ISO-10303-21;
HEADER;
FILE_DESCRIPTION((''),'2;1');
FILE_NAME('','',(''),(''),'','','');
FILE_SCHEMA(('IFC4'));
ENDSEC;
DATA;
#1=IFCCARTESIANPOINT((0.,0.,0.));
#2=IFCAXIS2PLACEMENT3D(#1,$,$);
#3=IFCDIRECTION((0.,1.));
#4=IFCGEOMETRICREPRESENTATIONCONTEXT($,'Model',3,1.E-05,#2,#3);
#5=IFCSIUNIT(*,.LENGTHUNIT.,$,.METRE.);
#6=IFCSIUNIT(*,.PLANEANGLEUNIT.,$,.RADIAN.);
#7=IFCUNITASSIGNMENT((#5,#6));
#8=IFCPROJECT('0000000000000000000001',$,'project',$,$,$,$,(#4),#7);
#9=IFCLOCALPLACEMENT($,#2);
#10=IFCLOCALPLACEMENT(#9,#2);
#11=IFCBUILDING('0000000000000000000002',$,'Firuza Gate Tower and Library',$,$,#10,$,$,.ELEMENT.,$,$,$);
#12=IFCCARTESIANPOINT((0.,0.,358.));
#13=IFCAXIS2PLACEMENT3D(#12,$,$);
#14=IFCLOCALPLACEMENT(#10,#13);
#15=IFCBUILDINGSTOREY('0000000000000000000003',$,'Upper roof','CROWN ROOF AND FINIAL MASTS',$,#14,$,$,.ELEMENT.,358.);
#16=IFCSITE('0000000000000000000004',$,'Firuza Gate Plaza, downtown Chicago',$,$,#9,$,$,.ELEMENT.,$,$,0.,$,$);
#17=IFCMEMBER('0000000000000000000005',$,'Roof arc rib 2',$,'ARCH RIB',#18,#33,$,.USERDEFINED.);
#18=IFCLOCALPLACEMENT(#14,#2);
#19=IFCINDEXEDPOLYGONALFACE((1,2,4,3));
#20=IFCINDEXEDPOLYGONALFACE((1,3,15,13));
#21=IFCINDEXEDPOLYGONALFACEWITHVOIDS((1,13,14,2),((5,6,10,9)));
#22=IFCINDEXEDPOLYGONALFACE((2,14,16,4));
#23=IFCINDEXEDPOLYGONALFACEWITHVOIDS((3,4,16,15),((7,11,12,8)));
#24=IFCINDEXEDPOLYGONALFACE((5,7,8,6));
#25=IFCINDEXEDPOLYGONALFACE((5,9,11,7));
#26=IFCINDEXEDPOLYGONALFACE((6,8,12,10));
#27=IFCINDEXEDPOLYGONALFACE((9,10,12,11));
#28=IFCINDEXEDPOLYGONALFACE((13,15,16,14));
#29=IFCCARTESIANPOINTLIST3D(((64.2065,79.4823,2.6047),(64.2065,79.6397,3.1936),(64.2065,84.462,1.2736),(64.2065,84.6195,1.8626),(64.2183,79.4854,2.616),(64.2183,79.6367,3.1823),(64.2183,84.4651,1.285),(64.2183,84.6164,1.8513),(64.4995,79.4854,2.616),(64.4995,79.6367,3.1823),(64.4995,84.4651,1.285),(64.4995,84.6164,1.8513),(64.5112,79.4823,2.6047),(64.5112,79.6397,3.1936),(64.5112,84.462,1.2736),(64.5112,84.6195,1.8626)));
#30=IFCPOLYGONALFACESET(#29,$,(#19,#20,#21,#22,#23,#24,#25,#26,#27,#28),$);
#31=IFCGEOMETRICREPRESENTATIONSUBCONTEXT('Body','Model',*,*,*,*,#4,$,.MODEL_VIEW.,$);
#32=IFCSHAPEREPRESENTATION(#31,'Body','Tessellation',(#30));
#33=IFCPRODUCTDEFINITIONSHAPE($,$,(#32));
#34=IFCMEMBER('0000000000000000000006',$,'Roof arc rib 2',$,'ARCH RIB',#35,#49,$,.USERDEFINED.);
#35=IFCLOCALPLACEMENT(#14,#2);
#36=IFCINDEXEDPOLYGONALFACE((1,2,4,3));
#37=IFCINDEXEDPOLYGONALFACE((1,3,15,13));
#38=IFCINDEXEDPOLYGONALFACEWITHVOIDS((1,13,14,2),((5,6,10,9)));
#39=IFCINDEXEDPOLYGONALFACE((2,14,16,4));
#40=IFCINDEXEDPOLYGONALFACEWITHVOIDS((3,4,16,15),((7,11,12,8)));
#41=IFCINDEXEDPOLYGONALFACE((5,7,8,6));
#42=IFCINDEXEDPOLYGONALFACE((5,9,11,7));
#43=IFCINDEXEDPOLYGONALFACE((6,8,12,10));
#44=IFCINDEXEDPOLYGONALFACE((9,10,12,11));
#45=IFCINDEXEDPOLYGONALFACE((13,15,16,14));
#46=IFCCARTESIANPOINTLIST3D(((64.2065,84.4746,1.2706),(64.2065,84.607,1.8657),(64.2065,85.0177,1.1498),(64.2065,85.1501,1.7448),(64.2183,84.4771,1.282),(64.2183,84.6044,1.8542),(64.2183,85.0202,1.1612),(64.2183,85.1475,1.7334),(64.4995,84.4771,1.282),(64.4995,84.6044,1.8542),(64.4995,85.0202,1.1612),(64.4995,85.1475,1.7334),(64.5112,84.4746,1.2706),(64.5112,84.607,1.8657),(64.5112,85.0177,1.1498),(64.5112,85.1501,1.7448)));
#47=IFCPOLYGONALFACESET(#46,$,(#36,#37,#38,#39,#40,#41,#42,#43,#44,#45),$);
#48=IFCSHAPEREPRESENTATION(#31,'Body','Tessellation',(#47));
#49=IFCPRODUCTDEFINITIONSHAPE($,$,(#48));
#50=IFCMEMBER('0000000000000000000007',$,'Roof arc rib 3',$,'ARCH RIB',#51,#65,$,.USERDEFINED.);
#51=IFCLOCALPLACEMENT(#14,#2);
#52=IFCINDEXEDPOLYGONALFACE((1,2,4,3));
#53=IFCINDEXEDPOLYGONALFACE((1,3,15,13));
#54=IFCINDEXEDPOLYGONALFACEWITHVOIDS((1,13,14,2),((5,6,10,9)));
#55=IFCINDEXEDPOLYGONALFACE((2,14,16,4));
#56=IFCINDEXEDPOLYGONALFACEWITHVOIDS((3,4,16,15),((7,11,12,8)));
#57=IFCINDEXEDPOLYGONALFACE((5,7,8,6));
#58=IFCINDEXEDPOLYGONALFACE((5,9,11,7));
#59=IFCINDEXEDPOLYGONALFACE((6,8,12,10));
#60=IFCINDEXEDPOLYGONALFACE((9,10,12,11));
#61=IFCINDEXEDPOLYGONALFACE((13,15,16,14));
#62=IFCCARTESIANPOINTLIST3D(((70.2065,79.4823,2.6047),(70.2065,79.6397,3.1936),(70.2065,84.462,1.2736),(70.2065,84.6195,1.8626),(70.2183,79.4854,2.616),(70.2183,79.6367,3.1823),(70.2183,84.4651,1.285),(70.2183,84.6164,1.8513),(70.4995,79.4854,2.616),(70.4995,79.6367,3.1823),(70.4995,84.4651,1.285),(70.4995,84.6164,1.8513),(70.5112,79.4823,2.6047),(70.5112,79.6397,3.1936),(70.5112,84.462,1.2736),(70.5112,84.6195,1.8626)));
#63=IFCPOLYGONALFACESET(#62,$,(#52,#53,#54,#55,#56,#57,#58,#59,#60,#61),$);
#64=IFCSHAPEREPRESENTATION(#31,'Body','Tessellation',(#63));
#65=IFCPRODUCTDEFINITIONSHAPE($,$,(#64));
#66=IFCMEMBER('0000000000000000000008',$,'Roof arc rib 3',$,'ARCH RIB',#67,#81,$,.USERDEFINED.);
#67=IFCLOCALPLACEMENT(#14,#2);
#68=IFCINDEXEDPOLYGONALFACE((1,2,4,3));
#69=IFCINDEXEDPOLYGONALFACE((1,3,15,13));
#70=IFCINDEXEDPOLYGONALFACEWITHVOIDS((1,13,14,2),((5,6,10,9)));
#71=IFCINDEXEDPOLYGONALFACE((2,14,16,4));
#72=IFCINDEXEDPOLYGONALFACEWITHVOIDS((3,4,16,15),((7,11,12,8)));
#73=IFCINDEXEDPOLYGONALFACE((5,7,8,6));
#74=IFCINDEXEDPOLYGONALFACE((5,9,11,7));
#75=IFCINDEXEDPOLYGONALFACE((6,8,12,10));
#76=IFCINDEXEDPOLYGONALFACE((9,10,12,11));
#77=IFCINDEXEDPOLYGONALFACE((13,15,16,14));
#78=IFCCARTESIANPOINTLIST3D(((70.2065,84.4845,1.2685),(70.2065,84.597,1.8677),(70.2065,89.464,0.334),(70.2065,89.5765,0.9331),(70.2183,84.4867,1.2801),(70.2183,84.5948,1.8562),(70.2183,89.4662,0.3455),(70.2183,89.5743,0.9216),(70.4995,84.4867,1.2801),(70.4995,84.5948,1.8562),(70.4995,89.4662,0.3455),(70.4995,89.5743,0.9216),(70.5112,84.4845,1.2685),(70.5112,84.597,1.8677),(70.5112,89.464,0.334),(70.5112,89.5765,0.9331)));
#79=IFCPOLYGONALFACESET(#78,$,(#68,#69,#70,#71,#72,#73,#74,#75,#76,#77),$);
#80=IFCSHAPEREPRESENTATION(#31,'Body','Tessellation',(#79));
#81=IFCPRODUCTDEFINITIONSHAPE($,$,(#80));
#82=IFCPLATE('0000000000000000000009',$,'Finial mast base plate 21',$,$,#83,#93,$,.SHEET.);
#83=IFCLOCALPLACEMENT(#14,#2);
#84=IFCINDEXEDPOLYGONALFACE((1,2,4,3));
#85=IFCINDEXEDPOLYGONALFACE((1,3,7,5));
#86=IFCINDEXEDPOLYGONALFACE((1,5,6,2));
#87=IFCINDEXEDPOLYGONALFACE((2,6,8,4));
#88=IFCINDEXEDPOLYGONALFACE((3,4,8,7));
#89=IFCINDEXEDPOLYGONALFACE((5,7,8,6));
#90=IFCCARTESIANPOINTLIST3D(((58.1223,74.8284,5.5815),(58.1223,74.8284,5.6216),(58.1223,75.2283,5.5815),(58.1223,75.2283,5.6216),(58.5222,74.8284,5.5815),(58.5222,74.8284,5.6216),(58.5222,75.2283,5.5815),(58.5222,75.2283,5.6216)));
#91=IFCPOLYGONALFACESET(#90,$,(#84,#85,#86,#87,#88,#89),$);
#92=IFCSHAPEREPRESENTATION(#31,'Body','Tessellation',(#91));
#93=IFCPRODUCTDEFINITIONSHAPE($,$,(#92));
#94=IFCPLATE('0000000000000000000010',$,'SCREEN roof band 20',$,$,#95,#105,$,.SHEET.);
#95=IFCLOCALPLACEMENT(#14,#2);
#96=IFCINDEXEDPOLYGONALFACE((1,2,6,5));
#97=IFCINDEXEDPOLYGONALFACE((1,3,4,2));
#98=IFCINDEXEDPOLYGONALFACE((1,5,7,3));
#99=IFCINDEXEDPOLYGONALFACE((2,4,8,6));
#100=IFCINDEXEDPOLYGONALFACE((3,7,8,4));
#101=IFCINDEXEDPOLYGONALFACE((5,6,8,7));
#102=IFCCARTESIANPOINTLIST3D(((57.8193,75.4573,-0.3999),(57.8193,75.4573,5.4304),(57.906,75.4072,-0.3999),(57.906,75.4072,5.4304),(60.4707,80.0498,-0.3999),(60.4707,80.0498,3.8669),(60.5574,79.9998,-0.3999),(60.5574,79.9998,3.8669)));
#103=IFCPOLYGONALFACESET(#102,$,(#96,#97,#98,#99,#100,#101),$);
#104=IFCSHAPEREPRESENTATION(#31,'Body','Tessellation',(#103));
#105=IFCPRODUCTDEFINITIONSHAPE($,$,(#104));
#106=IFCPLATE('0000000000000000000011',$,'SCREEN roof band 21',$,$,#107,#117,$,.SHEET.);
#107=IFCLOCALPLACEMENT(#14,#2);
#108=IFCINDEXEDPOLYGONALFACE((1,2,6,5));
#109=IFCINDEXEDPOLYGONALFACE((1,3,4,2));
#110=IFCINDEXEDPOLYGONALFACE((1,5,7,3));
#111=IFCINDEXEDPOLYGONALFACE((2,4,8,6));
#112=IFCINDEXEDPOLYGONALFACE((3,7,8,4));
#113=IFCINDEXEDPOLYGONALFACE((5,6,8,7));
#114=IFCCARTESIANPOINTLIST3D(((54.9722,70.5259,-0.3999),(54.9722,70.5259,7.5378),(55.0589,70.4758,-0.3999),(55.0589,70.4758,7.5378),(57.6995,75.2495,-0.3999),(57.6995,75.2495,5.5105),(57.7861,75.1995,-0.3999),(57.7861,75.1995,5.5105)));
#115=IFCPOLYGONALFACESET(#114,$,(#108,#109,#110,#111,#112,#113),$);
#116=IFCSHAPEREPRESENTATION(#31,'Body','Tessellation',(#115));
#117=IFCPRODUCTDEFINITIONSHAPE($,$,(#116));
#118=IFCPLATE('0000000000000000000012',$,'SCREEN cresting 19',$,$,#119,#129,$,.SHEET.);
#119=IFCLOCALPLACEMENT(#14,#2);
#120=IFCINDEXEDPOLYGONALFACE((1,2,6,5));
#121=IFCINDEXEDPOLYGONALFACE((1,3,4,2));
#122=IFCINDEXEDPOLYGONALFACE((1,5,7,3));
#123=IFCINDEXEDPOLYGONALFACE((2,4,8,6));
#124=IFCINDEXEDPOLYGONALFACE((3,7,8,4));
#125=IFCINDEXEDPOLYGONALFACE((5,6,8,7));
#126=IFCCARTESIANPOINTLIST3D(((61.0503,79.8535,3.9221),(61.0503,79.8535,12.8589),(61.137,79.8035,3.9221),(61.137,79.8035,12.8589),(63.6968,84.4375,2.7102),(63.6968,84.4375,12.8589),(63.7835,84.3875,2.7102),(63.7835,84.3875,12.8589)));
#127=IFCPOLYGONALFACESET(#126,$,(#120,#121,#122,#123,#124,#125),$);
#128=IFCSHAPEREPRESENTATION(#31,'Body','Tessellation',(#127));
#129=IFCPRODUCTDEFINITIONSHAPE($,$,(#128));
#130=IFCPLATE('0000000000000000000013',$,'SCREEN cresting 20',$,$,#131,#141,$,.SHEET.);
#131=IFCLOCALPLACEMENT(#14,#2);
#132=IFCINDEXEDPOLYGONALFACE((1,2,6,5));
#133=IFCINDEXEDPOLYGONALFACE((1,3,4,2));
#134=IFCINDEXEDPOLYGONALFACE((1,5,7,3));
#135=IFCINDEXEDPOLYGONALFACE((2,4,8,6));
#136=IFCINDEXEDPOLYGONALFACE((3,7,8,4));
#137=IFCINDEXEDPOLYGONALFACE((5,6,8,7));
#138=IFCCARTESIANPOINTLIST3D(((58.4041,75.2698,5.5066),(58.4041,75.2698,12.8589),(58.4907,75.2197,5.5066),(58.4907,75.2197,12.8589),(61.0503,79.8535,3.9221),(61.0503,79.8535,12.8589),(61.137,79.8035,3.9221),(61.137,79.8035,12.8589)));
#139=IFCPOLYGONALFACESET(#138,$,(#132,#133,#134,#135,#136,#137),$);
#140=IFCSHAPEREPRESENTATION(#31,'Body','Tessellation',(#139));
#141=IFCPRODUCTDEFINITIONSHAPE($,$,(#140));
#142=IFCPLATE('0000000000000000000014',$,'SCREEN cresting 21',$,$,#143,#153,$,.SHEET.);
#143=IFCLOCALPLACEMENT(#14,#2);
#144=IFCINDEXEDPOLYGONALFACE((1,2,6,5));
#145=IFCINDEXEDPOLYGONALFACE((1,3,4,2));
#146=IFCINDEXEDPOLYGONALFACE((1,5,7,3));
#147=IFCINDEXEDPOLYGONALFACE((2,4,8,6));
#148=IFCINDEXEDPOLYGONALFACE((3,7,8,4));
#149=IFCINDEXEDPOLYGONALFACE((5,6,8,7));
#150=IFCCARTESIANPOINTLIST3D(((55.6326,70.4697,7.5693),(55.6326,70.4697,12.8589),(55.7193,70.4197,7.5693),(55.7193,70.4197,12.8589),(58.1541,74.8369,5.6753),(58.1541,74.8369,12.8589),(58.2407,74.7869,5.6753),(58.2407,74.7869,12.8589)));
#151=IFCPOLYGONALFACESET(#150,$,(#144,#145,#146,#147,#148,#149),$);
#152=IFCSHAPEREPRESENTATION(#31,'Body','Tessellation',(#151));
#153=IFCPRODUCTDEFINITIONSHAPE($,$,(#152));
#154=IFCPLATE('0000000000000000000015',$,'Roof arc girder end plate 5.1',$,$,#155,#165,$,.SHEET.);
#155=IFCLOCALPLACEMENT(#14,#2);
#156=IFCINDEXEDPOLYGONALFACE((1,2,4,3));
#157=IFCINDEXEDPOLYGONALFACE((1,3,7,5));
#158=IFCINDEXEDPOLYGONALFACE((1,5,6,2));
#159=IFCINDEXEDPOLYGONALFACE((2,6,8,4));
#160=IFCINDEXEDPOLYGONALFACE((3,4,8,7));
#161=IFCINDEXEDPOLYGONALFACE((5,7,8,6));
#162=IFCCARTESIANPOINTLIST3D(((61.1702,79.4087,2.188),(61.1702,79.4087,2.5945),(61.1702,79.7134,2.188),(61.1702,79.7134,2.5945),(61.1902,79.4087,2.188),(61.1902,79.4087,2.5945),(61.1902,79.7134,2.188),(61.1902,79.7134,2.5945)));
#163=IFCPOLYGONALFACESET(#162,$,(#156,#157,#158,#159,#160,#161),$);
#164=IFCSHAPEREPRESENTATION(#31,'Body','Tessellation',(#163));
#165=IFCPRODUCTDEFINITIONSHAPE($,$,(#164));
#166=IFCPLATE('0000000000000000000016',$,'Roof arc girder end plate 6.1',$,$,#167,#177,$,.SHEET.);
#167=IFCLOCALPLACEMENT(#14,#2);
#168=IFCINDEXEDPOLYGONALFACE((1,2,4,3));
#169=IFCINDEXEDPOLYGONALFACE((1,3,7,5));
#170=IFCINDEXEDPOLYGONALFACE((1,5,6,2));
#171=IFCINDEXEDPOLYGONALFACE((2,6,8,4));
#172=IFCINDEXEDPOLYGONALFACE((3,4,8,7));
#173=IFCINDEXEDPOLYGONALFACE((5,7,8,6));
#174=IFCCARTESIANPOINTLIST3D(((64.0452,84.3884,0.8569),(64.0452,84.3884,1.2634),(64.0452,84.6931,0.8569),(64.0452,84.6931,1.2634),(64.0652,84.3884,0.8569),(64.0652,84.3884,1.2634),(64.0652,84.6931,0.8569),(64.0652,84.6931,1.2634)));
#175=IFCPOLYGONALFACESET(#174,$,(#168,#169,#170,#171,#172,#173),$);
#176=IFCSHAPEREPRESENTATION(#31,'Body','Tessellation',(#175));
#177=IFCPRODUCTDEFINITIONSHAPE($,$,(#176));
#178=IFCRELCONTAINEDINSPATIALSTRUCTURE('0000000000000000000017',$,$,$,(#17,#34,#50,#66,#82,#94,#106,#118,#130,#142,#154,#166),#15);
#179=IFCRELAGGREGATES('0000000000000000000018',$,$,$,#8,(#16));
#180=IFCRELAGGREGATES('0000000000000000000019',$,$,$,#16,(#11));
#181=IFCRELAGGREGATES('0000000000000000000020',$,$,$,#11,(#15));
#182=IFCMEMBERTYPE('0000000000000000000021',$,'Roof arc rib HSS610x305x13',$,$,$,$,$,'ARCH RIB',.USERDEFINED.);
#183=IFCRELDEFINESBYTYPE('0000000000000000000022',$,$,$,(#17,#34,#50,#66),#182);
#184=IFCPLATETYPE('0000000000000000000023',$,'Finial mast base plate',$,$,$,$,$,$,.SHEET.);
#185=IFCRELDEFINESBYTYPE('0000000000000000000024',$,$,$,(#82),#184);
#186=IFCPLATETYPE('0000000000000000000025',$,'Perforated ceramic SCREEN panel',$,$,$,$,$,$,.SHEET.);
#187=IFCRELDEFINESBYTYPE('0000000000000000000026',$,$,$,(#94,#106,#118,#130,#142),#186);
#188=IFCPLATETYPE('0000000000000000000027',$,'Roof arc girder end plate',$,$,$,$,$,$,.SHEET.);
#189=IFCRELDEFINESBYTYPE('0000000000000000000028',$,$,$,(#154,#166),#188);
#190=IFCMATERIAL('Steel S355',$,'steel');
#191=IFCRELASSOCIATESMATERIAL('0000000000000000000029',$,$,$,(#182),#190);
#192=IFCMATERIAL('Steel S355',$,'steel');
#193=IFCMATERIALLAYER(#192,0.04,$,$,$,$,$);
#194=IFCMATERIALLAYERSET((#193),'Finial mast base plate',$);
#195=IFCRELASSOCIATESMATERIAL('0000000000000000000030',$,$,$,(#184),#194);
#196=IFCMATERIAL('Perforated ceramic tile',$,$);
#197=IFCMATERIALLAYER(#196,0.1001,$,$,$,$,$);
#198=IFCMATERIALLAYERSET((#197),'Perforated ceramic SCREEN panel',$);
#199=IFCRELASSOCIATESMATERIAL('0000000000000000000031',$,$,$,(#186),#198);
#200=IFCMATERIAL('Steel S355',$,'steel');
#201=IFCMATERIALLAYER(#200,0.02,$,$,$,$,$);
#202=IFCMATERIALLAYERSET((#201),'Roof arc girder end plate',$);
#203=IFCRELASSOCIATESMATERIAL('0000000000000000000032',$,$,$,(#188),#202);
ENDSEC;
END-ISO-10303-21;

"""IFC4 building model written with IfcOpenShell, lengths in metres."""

from ifc_helpers import new_model, si_unit, direction, frame, origin, origin_2d, place, context, subcontext, project, spatial, polyline, rectangle, hollow_rectangle, outline, extrude, material, layer, layer_set, material_profile, profile_set, type_object, element, save


model = new_model("IFC4")

# Units and contexts
model_context = context("Model", 3, precision=1e-05, world=origin(), true_north=direction((0.0, 1.0)))
body_context = subcontext(model_context, "Body", "Model", "MODEL_VIEW")
ifc_project = project(units=[si_unit("LENGTHUNIT", "METRE"), si_unit("PLANEANGLEUNIT", "RADIAN")], contexts=[model_context])

# Site, building, storey
site_placement = place(None, origin())
site = spatial("IfcSite", under=ifc_project, at=site_placement, Name="Firuza Gate Plaza, downtown Chicago", CompositionType="ELEMENT", RefElevation=0.0)
building_placement = place(site_placement, origin())
building = spatial("IfcBuilding", under=site, at=building_placement, Name="Firuza Gate Tower and Library", CompositionType="ELEMENT")
storey_placement = place(building_placement, frame((0.0, 0.0, 358.0)))
storey = spatial("IfcBuildingStorey", under=building, at=storey_placement, Name="Upper roof", Description="CROWN ROOF AND FINIAL MASTS", CompositionType="ELEMENT", Elevation=358.0)

# Members
ifc_material_1 = material(Name="Steel S355", Category="steel")
ifc_material_profile_1 = material_profile(ifc_material_1, hollow_rectangle(XDim=0.3047, YDim=0.6096, WallThickness=0.0117, at=origin_2d()))
ifc_profile_set_1 = profile_set([ifc_material_profile_1], Name="Steel S355")
member_type_1 = type_object("IfcMemberType", Name="Roof arc rib HSS610x305x13", ElementType="ARCH RIB", PredefinedType="USERDEFINED", material=ifc_profile_set_1)
member_1_placement = place(storey_placement, frame((64.3589, 79.561, 2.8992), z_axis=(0.0, 0.966084, -0.258229), x_axis=(-1.0, 0.0, 0.0)))
element("IfcMember", 1, at=member_1_placement, inside=storey, type_object=member_type_1, Name="Roof arc rib 2", ObjectType="ARCH RIB", PredefinedType="USERDEFINED", context=body_context, shape_type="SweptSolid", body=[
    extrude(hollow_rectangle(XDim=0.3047, YDim=0.6096, WallThickness=0.0117, at=origin_2d()), origin(), (0.0, 0.0, 1.0), 5.1545),
])
member_2_placement = place(storey_placement, frame((64.3589, 84.5408, 1.5681), z_axis=(0.0, 0.976135, -0.217163), x_axis=(-1.0, 0.0, 0.0)))
element("IfcMember", 2, at=member_2_placement, inside=storey, type_object=member_type_1, Name="Roof arc rib 2", ObjectType="ARCH RIB", PredefinedType="USERDEFINED", context=body_context, shape_type="SweptSolid", body=[
    extrude(hollow_rectangle(XDim=0.3047, YDim=0.6096, WallThickness=0.0117, at=origin_2d()), origin(), (0.0, 0.0, 1.0), 0.5564),
])
member_3_placement = place(storey_placement, frame((70.3589, 79.561, 2.8992), z_axis=(0.0, 0.966084, -0.258229), x_axis=(-1.0, 0.0, 0.0)))
element("IfcMember", 3, at=member_3_placement, inside=storey, type_object=member_type_1, Name="Roof arc rib 3", ObjectType="ARCH RIB", PredefinedType="USERDEFINED", context=body_context, shape_type="SweptSolid", body=[
    extrude(hollow_rectangle(XDim=0.3047, YDim=0.6096, WallThickness=0.0117, at=origin_2d()), origin(), (0.0, 0.0, 1.0), 5.1545),
])
member_4_placement = place(storey_placement, frame((70.3589, 84.5408, 1.5681), z_axis=(0.0, 0.982839, -0.184463), x_axis=(-1.0, 0.0, 0.0)))
element("IfcMember", 4, at=member_4_placement, inside=storey, type_object=member_type_1, Name="Roof arc rib 3", ObjectType="ARCH RIB", PredefinedType="USERDEFINED", context=body_context, shape_type="SweptSolid", body=[
    extrude(hollow_rectangle(XDim=0.3047, YDim=0.6096, WallThickness=0.0117, at=origin_2d()), origin(), (0.0, 0.0, 1.0), 5.0664),
])

# Plates
ifc_material_2 = material(Name="Steel S355", Category="steel")
ifc_layer_1 = layer(ifc_material_2, 0.04)
ifc_layer_set_1 = layer_set([ifc_layer_1], Name="Finial mast base plate")
plate_type_1 = type_object("IfcPlateType", Name="Finial mast base plate", PredefinedType="SHEET", material=ifc_layer_set_1)
plate_1_placement = place(storey_placement, frame((58.3223, 75.0283, 5.5815), z_axis=(0.0, 0.0, 1.0), x_axis=(1.0, 0.0, 0.0)))
element("IfcPlate", 5, at=plate_1_placement, inside=storey, type_object=plate_type_1, Name="Finial mast base plate 21", PredefinedType="SHEET", context=body_context, shape_type="SweptSolid", body=[
    extrude(rectangle(XDim=0.3999, YDim=0.3999, at=origin_2d()), origin(), (0.0, 0.0, 1.0), 0.04),
])
ifc_material_3 = material(Name="Perforated ceramic tile")
ifc_layer_2 = layer(ifc_material_3, 0.1001)
ifc_layer_set_2 = layer_set([ifc_layer_2], Name="Perforated ceramic SCREEN panel")
plate_type_2 = type_object("IfcPlateType", Name="Perforated ceramic SCREEN panel", PredefinedType="SHEET", material=ifc_layer_set_2)
plate_2_placement = place(storey_placement, frame((60.4707, 80.0498, -0.3999), z_axis=(-0.866036, 0.499981, 0.0), x_axis=(-0.499981, -0.866036, 0.0)))
element("IfcPlate", 6, at=plate_2_placement, inside=storey, type_object=plate_type_2, Name="SCREEN roof band 20", PredefinedType="SHEET", context=body_context, shape_type="SweptSolid", body=[
    extrude(outline(polyline([(0.0, 0.0), (5.3029, 0.0), (5.3029, 5.8303), (0.0, 4.2668), (0.0, 0.0)])), origin(), (0.0, 0.0, -1.0), 0.1001),
])
plate_3_placement = place(storey_placement, frame((57.6995, 75.2495, -0.3999), z_axis=(-0.866017, 0.500014, 0.0), x_axis=(-0.500014, -0.866017, 0.0)))
element("IfcPlate", 7, at=plate_3_placement, inside=storey, type_object=plate_type_2, Name="SCREEN roof band 21", PredefinedType="SHEET", context=body_context, shape_type="SweptSolid", body=[
    extrude(outline(polyline([(0.0, 0.0), (5.4544, 0.0), (5.4544, 7.9377), (0.0, 5.9104), (0.0, 0.0)])), origin(), (0.0, 0.0, -1.0), 0.1001),
])
plate_4_placement = place(storey_placement, frame((63.6968, 84.4375, 2.7102), z_axis=(-0.866032, 0.499989, 0.0), x_axis=(-0.487377, -0.844187, 0.223186)))
element("IfcPlate", 8, at=plate_4_placement, inside=storey, type_object=plate_type_2, Name="SCREEN cresting 19", PredefinedType="SHEET", context=body_context, shape_type="SweptSolid", body=[
    extrude(outline(polyline([(0.0, 0.0), (5.4301, 0.0), (7.4246, 8.7113), (2.265, 9.8927), (0.0, 0.0)])), origin(), (0.0, 0.0, -1.0), 0.1001),
])
plate_5_placement = place(storey_placement, frame((61.0503, 79.8535, 3.9221), z_axis=(-0.86604, 0.499974, 0.0), x_axis=(-0.478972, -0.829661, 0.286791)))
element("IfcPlate", 9, at=plate_5_placement, inside=storey, type_object=plate_type_2, Name="SCREEN cresting 20", PredefinedType="SHEET", context=body_context, shape_type="SweptSolid", body=[
    extrude(outline(polyline([(0.0, 0.0), (5.5248, 0.0), (7.6334, 7.0434), (2.563, 8.5614), (0.0, 0.0)])), origin(), (0.0, 0.0, -1.0), 0.1001),
])
plate_6_placement = place(storey_placement, frame((58.1541, 74.8369, 5.6753), z_axis=(-0.866018, 0.500013, 0.0), x_axis=(-0.468086, -0.81072, 0.351608)))
element("IfcPlate", 10, at=plate_6_placement, inside=storey, type_object=plate_type_2, Name="SCREEN cresting 21", PredefinedType="SHEET", context=body_context, shape_type="SweptSolid", body=[
    extrude(outline(polyline([(0.0, 0.0), (5.3868, 0.0), (7.2466, 4.9518), (2.5258, 6.7249), (0.0, 0.0)])), origin(), (0.0, 0.0, -1.0), 0.1001),
])
ifc_material_4 = material(Name="Steel S355", Category="steel")
ifc_layer_3 = layer(ifc_material_4, 0.02)
ifc_layer_set_3 = layer_set([ifc_layer_3], Name="Roof arc girder end plate")
plate_type_3 = type_object("IfcPlateType", Name="Roof arc girder end plate", PredefinedType="SHEET", material=ifc_layer_set_3)
for number, where, z_axis, x_axis, name in (
    (11, (61.1802, 79.561, 2.188), (0.0, 0.0, 1.0), (1.0, 0.0, 0.0), "Roof arc girder end plate 5.1"),
    (12, (64.0552, 84.5408, 0.8569), (0.0, 0.0, 1.0), (1.0, 0.0, 0.0), "Roof arc girder end plate 6.1"),
):
    element("IfcPlate", number, at=place(storey_placement, frame(where, z_axis=z_axis, x_axis=x_axis)), inside=storey, type_object=plate_type_3, Name=name, PredefinedType="SHEET", context=body_context, shape_type="SweptSolid", body=[
        extrude(rectangle(XDim=0.02, YDim=0.3047, at=origin_2d()), origin(), (0.0, 0.0, 1.0), 0.4065),
    ])

save(model, "model.ifc")
